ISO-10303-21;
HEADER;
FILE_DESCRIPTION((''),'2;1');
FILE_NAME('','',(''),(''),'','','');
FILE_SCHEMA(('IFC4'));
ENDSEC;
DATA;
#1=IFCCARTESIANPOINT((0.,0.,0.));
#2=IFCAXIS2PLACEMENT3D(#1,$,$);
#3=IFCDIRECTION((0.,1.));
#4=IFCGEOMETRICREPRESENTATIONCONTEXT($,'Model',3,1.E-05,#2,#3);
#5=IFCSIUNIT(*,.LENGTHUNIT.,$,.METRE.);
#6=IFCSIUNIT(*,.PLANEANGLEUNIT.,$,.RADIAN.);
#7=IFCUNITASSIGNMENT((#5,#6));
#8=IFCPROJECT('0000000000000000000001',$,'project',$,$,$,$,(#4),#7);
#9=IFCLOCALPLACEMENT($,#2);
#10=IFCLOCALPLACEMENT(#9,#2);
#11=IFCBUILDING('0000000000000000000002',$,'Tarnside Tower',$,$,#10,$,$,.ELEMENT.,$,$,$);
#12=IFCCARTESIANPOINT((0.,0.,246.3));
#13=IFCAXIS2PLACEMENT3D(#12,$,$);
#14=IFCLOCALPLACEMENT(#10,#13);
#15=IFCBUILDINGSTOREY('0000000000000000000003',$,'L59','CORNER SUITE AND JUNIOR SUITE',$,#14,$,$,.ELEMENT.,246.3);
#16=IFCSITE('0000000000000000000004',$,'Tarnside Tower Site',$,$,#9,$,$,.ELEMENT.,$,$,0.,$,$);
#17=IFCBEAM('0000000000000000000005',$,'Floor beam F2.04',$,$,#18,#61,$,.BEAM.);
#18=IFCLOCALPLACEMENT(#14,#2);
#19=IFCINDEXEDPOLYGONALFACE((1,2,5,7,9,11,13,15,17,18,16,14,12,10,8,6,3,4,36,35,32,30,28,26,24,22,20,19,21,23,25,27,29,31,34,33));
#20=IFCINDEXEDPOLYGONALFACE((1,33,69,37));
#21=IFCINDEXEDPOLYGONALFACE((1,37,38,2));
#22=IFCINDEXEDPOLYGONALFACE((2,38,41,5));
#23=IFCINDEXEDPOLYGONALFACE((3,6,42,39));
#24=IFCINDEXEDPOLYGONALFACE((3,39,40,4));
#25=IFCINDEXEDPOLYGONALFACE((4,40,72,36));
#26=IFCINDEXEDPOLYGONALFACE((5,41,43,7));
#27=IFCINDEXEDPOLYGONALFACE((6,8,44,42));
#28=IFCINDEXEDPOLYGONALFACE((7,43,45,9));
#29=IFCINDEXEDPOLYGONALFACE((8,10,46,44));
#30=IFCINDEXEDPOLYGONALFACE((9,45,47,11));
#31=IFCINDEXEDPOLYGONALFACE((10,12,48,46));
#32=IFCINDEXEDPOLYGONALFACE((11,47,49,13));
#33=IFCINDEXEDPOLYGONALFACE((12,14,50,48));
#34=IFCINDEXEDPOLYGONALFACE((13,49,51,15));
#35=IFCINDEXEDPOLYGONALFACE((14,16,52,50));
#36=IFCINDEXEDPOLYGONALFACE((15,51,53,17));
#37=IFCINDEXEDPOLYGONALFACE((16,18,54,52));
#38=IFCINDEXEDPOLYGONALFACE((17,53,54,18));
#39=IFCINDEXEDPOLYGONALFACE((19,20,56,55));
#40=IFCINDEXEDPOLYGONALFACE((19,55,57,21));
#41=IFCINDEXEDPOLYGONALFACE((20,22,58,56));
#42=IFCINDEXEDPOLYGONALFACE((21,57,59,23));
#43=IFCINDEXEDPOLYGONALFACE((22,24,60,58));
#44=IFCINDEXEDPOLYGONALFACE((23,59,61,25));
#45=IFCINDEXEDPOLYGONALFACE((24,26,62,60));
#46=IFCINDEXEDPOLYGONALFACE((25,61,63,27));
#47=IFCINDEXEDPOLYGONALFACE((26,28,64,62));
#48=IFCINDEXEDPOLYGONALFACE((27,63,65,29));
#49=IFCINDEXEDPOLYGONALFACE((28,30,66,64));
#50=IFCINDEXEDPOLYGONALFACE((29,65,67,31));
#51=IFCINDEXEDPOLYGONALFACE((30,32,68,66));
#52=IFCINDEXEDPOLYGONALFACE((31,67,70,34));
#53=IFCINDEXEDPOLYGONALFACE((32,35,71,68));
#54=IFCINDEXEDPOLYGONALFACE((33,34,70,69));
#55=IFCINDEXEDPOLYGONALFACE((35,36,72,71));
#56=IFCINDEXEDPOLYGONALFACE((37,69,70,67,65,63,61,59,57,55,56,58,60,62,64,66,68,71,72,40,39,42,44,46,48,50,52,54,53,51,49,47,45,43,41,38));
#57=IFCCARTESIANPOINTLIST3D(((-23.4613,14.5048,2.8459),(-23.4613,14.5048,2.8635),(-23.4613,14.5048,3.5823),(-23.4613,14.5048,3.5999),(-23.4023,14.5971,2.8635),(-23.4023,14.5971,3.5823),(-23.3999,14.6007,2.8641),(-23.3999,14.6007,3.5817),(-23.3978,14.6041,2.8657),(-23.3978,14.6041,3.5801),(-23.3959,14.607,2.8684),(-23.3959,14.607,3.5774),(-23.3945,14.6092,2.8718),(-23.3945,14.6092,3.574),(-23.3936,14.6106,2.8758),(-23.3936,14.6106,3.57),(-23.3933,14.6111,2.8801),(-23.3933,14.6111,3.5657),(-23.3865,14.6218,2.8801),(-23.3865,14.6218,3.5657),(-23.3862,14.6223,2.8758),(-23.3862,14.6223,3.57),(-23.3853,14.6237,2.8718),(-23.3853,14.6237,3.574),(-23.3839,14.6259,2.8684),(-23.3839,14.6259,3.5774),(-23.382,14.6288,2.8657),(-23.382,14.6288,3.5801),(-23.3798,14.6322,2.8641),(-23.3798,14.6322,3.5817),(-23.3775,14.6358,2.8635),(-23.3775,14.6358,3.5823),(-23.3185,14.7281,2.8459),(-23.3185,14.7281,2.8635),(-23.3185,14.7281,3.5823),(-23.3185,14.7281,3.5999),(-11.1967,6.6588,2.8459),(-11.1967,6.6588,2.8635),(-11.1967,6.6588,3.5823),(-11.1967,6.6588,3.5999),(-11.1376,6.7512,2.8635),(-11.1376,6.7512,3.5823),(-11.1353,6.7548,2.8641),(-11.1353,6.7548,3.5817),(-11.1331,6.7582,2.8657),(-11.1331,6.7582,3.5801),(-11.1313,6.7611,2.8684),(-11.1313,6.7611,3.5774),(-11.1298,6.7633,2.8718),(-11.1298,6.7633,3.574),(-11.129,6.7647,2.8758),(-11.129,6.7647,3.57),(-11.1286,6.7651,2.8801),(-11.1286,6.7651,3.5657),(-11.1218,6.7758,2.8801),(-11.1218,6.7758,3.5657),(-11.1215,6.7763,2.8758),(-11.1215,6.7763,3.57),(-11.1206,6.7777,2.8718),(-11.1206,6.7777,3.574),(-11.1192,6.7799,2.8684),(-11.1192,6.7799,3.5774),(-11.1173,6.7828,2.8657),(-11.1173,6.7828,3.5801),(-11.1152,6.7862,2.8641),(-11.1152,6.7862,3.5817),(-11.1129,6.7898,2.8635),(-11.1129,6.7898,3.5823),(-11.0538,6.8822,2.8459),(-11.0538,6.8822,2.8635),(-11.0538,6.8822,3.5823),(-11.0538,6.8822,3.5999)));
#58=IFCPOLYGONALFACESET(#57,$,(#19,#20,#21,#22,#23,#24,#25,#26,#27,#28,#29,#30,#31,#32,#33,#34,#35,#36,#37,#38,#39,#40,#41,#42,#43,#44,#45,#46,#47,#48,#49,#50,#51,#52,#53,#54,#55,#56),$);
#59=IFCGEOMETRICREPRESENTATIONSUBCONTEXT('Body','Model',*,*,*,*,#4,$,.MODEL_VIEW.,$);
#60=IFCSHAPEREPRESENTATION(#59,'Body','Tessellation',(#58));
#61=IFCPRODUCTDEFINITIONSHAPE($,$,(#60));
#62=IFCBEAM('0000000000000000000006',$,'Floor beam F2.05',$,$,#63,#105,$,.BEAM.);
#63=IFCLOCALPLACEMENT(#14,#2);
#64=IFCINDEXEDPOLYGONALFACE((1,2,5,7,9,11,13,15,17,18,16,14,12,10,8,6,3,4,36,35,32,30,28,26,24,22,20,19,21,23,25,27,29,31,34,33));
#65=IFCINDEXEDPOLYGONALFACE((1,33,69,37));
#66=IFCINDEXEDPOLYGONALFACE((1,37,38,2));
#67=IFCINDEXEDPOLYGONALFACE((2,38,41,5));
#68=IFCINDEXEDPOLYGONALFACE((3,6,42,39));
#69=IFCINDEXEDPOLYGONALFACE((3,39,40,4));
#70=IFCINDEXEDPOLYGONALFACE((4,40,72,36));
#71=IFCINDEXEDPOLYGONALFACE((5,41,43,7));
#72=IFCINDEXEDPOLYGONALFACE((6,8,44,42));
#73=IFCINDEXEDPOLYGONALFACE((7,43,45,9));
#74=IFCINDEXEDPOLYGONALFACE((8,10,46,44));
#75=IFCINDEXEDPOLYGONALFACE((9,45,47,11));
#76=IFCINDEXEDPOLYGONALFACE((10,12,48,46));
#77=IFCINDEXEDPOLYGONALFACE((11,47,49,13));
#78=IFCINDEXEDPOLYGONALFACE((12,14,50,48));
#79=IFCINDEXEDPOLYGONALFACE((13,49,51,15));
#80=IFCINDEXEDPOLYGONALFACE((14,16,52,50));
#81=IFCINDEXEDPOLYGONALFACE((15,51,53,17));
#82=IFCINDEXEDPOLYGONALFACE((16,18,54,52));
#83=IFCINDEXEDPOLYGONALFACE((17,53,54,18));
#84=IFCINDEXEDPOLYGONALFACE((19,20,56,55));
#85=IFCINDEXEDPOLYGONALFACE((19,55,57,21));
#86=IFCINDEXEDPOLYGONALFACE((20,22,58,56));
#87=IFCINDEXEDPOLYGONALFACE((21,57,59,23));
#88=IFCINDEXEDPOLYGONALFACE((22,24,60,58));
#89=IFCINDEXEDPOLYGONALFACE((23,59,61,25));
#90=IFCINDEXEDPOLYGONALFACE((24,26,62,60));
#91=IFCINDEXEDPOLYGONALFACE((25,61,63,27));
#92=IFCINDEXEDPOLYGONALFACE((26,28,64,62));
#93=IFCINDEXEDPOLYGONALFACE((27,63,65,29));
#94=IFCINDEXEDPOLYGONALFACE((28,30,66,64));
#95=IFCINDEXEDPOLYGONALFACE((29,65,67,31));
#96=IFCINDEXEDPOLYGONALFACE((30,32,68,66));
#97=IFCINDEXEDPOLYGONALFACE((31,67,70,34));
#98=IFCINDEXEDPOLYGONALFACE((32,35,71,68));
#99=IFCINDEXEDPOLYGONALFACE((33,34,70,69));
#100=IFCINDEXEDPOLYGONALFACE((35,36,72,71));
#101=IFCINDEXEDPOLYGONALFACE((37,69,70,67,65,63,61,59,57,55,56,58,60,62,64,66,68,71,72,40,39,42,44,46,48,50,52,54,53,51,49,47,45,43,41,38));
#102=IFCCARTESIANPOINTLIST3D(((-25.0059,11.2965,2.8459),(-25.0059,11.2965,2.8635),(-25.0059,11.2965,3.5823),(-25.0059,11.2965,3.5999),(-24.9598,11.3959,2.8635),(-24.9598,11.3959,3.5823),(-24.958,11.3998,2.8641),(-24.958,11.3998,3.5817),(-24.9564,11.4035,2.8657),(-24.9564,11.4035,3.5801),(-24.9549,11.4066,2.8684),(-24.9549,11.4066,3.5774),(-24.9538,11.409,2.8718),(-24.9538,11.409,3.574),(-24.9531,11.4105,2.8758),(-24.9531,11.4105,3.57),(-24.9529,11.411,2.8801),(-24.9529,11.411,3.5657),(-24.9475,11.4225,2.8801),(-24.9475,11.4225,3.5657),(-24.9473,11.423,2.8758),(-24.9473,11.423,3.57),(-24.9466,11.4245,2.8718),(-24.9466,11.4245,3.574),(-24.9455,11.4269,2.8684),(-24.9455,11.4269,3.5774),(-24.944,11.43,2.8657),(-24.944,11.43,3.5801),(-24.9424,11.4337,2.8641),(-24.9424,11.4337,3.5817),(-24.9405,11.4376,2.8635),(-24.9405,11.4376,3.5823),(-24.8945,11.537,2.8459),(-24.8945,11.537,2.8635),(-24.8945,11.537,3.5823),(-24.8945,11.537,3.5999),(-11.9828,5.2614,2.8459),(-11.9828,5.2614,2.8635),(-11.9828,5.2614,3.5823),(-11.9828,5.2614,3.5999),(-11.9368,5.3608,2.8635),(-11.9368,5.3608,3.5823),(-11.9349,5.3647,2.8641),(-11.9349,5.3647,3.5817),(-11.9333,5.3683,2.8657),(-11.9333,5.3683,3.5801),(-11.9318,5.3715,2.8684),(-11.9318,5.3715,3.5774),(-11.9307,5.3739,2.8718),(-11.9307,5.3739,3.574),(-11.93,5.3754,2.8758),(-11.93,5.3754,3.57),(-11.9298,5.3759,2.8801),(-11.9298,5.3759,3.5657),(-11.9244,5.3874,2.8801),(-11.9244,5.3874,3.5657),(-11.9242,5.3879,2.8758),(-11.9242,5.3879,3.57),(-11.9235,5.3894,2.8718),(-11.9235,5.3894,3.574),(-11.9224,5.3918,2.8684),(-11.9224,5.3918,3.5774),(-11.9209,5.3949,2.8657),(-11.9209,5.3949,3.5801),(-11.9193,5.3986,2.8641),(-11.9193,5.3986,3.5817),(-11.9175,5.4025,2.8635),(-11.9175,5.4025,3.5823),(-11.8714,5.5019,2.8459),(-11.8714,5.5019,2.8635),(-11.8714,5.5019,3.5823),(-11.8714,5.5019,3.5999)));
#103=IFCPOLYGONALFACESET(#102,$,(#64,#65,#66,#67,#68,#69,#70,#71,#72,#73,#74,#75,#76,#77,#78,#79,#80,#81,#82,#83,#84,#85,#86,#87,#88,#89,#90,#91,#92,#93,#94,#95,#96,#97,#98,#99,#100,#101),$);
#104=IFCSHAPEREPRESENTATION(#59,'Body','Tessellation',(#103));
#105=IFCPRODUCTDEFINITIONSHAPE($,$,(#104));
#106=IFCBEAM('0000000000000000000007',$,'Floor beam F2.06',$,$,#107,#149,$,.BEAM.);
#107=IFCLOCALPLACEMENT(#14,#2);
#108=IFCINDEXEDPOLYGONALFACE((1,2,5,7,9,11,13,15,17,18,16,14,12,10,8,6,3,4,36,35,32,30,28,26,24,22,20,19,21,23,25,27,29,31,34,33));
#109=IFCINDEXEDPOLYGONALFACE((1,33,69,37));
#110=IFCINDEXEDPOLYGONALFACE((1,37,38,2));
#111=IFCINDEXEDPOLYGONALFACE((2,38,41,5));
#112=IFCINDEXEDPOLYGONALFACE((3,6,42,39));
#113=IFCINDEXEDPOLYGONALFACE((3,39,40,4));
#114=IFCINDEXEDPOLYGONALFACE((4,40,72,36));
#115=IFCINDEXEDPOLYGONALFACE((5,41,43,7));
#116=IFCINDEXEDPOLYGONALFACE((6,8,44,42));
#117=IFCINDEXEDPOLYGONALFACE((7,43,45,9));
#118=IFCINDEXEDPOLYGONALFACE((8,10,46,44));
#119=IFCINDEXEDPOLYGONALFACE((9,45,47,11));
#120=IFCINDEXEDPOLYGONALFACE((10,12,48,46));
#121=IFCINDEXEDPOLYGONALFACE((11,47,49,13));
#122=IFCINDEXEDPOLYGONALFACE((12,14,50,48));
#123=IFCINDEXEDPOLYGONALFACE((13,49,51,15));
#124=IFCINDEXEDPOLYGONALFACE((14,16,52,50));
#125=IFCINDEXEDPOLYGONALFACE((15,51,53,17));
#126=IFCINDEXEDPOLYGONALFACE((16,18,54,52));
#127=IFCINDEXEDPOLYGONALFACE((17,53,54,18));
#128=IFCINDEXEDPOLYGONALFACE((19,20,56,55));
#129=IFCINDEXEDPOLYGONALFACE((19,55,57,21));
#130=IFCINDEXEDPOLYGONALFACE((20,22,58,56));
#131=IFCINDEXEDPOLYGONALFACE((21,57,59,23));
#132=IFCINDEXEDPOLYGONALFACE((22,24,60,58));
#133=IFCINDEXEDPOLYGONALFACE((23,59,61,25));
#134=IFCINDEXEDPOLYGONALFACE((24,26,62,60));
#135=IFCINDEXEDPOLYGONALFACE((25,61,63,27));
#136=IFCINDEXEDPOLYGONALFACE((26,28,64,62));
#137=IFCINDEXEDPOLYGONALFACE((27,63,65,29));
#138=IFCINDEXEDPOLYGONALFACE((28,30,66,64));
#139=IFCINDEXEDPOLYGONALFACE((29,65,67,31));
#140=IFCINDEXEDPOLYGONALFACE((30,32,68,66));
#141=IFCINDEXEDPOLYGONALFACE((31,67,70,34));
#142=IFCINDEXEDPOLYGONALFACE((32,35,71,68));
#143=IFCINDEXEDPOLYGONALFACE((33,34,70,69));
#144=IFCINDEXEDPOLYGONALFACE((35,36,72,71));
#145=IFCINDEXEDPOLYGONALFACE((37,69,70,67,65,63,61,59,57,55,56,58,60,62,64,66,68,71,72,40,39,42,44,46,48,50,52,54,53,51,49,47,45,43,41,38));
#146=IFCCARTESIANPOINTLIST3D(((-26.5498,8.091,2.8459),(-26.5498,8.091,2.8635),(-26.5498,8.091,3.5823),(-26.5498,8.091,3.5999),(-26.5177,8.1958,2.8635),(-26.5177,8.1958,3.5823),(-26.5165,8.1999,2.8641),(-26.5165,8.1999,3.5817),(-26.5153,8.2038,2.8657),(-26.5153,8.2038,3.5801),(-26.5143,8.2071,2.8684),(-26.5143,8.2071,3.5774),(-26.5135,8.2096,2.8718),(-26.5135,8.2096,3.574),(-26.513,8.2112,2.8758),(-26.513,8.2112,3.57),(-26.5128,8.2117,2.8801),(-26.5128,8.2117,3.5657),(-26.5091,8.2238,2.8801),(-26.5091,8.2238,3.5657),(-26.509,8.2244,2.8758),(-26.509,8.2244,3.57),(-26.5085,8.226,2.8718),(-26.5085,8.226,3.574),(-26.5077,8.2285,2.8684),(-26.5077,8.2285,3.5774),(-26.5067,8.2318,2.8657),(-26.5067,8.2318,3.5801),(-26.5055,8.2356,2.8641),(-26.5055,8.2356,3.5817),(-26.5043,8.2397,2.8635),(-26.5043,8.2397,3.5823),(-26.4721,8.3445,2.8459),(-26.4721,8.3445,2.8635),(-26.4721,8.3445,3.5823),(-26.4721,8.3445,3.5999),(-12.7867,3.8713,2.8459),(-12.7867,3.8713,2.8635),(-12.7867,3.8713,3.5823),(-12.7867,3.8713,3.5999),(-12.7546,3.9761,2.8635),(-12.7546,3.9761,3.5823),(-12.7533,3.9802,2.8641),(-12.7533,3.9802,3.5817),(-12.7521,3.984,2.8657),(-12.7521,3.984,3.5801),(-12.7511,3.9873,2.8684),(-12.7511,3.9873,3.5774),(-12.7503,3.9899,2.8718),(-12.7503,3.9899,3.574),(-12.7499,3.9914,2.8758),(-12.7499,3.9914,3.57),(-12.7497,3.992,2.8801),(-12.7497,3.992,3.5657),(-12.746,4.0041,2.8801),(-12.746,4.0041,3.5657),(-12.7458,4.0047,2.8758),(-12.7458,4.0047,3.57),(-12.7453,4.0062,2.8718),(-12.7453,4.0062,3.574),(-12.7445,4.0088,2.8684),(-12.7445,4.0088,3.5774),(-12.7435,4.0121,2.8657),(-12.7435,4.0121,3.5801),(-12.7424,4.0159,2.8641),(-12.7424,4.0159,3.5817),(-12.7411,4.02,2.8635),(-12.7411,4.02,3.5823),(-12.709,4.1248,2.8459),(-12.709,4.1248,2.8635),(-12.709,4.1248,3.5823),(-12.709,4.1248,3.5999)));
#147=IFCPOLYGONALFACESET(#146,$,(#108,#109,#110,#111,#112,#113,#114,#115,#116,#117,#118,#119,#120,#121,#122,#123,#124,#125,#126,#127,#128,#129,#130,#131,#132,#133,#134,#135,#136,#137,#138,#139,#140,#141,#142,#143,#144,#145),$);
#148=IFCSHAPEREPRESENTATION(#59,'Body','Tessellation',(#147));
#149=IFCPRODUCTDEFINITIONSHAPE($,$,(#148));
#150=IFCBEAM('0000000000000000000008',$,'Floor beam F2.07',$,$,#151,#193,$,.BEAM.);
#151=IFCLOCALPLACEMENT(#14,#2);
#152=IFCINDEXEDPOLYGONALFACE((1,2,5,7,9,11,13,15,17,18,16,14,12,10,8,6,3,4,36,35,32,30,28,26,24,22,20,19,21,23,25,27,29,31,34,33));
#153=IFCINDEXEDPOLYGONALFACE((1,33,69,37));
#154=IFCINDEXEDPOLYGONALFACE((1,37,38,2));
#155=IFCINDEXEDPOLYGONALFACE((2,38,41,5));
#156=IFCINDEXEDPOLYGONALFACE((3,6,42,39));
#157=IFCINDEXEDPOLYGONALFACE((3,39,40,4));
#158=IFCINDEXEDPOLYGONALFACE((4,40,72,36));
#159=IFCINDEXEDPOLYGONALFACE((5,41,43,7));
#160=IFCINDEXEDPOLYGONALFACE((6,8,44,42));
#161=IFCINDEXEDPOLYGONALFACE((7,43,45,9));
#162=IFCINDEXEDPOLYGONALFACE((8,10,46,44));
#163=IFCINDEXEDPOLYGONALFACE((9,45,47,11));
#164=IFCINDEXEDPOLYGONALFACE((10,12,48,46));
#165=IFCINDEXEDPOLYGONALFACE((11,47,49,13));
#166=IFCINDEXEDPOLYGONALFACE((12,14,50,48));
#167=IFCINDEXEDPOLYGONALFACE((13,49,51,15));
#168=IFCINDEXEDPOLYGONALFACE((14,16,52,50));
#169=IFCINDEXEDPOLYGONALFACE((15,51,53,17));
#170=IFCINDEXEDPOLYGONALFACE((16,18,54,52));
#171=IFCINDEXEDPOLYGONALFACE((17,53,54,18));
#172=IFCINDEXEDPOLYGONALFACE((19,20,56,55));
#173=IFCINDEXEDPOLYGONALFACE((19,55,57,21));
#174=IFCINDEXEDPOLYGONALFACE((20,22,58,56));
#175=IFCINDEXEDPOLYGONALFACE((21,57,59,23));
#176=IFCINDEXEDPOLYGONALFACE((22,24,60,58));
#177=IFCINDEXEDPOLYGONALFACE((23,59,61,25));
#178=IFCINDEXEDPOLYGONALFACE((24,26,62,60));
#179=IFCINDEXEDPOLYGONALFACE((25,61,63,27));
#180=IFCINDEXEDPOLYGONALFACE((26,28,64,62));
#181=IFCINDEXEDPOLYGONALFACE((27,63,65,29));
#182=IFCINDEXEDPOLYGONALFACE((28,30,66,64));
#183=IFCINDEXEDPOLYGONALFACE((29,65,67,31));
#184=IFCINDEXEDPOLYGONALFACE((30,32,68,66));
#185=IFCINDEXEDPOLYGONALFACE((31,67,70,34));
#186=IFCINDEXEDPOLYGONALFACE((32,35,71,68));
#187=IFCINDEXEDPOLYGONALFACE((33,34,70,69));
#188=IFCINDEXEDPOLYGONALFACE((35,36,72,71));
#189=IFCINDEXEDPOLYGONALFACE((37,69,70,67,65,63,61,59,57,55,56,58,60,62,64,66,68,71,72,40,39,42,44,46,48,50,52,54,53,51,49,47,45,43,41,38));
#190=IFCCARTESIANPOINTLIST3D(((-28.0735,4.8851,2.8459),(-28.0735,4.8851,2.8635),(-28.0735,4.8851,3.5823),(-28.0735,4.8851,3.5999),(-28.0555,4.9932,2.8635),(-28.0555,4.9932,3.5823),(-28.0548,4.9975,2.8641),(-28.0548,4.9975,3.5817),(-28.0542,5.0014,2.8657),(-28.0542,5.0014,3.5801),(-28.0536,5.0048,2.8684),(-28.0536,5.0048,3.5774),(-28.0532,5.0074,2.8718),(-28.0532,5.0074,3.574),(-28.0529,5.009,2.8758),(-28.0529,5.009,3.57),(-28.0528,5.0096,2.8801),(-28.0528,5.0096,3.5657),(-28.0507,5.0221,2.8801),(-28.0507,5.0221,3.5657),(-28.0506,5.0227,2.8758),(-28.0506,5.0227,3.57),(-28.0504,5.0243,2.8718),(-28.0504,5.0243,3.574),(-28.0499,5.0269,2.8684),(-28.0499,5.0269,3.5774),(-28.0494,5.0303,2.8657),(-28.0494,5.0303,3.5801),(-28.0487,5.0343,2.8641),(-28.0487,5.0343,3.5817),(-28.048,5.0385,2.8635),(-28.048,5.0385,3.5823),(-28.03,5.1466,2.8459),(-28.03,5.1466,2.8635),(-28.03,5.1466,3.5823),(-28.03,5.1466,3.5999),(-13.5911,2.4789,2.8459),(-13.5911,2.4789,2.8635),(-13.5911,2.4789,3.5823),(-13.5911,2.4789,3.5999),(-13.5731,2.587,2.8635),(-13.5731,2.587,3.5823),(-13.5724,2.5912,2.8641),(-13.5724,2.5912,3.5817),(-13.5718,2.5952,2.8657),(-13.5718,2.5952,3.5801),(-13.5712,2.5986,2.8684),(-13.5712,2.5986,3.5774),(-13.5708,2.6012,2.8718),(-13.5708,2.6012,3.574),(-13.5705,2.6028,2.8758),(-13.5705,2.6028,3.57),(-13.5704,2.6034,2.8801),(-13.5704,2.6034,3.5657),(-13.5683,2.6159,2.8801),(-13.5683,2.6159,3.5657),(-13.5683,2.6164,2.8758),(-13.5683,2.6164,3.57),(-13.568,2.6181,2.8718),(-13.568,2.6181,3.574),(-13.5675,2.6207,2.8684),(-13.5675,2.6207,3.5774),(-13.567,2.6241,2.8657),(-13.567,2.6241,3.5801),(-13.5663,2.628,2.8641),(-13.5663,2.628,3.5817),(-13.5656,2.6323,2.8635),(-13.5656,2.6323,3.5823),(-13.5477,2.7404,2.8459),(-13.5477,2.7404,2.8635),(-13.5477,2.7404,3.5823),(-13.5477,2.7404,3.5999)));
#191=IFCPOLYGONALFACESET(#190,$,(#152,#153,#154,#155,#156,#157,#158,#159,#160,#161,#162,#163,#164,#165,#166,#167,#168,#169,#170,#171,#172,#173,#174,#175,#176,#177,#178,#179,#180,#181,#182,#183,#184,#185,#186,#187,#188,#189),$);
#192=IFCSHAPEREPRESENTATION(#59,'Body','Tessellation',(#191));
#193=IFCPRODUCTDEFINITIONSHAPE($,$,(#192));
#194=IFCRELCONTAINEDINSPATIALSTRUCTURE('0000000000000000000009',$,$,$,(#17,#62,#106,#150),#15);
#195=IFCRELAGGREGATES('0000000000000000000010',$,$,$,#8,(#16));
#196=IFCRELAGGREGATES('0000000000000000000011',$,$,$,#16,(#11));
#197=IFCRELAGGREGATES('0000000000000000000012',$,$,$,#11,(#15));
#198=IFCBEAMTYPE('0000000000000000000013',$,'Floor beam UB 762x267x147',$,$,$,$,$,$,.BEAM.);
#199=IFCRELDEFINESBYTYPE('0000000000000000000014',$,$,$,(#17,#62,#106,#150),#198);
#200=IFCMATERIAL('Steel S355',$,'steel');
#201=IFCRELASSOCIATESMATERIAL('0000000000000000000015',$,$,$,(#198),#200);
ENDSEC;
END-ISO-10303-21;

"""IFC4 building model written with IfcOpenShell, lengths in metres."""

from ifc_helpers import new_model, si_unit, direction, frame, origin, origin_2d, place, context, subcontext, project, spatial, i_section, extrude, material, material_profile, profile_set, type_object, element, save


model = new_model("IFC4")

# Units and contexts
model_context = context("Model", 3, precision=1e-05, world=origin(), true_north=direction((0.0, 1.0)))
body_context = subcontext(model_context, "Body", "Model", "MODEL_VIEW")
ifc_project = project(units=[si_unit("LENGTHUNIT", "METRE"), si_unit("PLANEANGLEUNIT", "RADIAN")], contexts=[model_context])

# Site, building, storey
site_placement = place(None, origin())
site = spatial("IfcSite", under=ifc_project, at=site_placement, Name="Tarnside Tower Site", CompositionType="ELEMENT", RefElevation=0.0)
building_placement = place(site_placement, origin())
building = spatial("IfcBuilding", under=site, at=building_placement, Name="Tarnside Tower", CompositionType="ELEMENT")
storey_placement = place(building_placement, frame((0.0, 0.0, 246.3)))
storey = spatial("IfcBuildingStorey", under=building, at=storey_placement, Name="L59", Description="CORNER SUITE AND JUNIOR SUITE", CompositionType="ELEMENT", Elevation=246.3)

# Beams
ifc_material_1 = material(Name="Steel S355", Category="steel")
ifc_material_profile = material_profile(ifc_material_1, i_section(OverallWidth=0.2651, OverallDepth=0.7539, WebThickness=0.0127, FlangeThickness=0.0176, FilletRadius=0.0166, at=origin_2d()), Name="UB 762x267x147")
ifc_profile_set = profile_set([ifc_material_profile], Name="Steel S355")
beam_type = type_object("IfcBeamType", Name="Floor beam UB 762x267x147", PredefinedType="BEAM", material=ifc_profile_set)
beam_1_placement = place(storey_placement, frame((-23.3899, 14.6165, 3.2229), z_axis=(0.842378, -0.538887, 0.0), x_axis=(0.538887, 0.842378, 0.0)))
element("IfcBeam", 1, at=beam_1_placement, inside=storey, type_object=beam_type, Name="Floor beam F2.04", PredefinedType="BEAM", context=body_context, shape_type="SweptSolid", body=[
    extrude(i_section(OverallWidth=0.2651, OverallDepth=0.7539, WebThickness=0.0127, FlangeThickness=0.0176, FilletRadius=0.0166, at=origin_2d()), origin(), (0.0, 0.0, 1.0), 14.5596),
])
beam_2_placement = place(storey_placement, frame((-24.9502, 11.4167, 3.2229), z_axis=(0.90731, -0.420462, 0.0), x_axis=(0.420462, 0.90731, 0.0)))
element("IfcBeam", 2, at=beam_2_placement, inside=storey, type_object=beam_type, Name="Floor beam F2.05", PredefinedType="BEAM", context=body_context, shape_type="SweptSolid", body=[
    extrude(i_section(OverallWidth=0.2651, OverallDepth=0.7539, WebThickness=0.0127, FlangeThickness=0.0176, FilletRadius=0.0166, at=origin_2d()), origin(), (0.0, 0.0, 1.0), 14.3535),
])
beam_3_placement = place(storey_placement, frame((-26.511, 8.2178, 3.2229), z_axis=(0.956073, -0.293128, 0.0), x_axis=(0.293128, 0.956073, 0.0)))
element("IfcBeam", 3, at=beam_3_placement, inside=storey, type_object=beam_type, Name="Floor beam F2.06", PredefinedType="BEAM", context=body_context, shape_type="SweptSolid", body=[
    extrude(i_section(OverallWidth=0.2651, OverallDepth=0.7539, WebThickness=0.0127, FlangeThickness=0.0176, FilletRadius=0.0166, at=origin_2d()), origin(), (0.0, 0.0, 1.0), 14.3955),
])
beam_4_placement = place(storey_placement, frame((-28.0518, 5.0159, 3.2229), z_axis=(0.986476, -0.163903, 0.0), x_axis=(0.163903, 0.986476, 0.0)))
element("IfcBeam", 4, at=beam_4_placement, inside=storey, type_object=beam_type, Name="Floor beam F2.07", PredefinedType="BEAM", context=body_context, shape_type="SweptSolid", body=[
    extrude(i_section(OverallWidth=0.2651, OverallDepth=0.7539, WebThickness=0.0127, FlangeThickness=0.0176, FilletRadius=0.0166, at=origin_2d()), origin(), (0.0, 0.0, 1.0), 14.6809),
])

save(model, "model.ifc")
